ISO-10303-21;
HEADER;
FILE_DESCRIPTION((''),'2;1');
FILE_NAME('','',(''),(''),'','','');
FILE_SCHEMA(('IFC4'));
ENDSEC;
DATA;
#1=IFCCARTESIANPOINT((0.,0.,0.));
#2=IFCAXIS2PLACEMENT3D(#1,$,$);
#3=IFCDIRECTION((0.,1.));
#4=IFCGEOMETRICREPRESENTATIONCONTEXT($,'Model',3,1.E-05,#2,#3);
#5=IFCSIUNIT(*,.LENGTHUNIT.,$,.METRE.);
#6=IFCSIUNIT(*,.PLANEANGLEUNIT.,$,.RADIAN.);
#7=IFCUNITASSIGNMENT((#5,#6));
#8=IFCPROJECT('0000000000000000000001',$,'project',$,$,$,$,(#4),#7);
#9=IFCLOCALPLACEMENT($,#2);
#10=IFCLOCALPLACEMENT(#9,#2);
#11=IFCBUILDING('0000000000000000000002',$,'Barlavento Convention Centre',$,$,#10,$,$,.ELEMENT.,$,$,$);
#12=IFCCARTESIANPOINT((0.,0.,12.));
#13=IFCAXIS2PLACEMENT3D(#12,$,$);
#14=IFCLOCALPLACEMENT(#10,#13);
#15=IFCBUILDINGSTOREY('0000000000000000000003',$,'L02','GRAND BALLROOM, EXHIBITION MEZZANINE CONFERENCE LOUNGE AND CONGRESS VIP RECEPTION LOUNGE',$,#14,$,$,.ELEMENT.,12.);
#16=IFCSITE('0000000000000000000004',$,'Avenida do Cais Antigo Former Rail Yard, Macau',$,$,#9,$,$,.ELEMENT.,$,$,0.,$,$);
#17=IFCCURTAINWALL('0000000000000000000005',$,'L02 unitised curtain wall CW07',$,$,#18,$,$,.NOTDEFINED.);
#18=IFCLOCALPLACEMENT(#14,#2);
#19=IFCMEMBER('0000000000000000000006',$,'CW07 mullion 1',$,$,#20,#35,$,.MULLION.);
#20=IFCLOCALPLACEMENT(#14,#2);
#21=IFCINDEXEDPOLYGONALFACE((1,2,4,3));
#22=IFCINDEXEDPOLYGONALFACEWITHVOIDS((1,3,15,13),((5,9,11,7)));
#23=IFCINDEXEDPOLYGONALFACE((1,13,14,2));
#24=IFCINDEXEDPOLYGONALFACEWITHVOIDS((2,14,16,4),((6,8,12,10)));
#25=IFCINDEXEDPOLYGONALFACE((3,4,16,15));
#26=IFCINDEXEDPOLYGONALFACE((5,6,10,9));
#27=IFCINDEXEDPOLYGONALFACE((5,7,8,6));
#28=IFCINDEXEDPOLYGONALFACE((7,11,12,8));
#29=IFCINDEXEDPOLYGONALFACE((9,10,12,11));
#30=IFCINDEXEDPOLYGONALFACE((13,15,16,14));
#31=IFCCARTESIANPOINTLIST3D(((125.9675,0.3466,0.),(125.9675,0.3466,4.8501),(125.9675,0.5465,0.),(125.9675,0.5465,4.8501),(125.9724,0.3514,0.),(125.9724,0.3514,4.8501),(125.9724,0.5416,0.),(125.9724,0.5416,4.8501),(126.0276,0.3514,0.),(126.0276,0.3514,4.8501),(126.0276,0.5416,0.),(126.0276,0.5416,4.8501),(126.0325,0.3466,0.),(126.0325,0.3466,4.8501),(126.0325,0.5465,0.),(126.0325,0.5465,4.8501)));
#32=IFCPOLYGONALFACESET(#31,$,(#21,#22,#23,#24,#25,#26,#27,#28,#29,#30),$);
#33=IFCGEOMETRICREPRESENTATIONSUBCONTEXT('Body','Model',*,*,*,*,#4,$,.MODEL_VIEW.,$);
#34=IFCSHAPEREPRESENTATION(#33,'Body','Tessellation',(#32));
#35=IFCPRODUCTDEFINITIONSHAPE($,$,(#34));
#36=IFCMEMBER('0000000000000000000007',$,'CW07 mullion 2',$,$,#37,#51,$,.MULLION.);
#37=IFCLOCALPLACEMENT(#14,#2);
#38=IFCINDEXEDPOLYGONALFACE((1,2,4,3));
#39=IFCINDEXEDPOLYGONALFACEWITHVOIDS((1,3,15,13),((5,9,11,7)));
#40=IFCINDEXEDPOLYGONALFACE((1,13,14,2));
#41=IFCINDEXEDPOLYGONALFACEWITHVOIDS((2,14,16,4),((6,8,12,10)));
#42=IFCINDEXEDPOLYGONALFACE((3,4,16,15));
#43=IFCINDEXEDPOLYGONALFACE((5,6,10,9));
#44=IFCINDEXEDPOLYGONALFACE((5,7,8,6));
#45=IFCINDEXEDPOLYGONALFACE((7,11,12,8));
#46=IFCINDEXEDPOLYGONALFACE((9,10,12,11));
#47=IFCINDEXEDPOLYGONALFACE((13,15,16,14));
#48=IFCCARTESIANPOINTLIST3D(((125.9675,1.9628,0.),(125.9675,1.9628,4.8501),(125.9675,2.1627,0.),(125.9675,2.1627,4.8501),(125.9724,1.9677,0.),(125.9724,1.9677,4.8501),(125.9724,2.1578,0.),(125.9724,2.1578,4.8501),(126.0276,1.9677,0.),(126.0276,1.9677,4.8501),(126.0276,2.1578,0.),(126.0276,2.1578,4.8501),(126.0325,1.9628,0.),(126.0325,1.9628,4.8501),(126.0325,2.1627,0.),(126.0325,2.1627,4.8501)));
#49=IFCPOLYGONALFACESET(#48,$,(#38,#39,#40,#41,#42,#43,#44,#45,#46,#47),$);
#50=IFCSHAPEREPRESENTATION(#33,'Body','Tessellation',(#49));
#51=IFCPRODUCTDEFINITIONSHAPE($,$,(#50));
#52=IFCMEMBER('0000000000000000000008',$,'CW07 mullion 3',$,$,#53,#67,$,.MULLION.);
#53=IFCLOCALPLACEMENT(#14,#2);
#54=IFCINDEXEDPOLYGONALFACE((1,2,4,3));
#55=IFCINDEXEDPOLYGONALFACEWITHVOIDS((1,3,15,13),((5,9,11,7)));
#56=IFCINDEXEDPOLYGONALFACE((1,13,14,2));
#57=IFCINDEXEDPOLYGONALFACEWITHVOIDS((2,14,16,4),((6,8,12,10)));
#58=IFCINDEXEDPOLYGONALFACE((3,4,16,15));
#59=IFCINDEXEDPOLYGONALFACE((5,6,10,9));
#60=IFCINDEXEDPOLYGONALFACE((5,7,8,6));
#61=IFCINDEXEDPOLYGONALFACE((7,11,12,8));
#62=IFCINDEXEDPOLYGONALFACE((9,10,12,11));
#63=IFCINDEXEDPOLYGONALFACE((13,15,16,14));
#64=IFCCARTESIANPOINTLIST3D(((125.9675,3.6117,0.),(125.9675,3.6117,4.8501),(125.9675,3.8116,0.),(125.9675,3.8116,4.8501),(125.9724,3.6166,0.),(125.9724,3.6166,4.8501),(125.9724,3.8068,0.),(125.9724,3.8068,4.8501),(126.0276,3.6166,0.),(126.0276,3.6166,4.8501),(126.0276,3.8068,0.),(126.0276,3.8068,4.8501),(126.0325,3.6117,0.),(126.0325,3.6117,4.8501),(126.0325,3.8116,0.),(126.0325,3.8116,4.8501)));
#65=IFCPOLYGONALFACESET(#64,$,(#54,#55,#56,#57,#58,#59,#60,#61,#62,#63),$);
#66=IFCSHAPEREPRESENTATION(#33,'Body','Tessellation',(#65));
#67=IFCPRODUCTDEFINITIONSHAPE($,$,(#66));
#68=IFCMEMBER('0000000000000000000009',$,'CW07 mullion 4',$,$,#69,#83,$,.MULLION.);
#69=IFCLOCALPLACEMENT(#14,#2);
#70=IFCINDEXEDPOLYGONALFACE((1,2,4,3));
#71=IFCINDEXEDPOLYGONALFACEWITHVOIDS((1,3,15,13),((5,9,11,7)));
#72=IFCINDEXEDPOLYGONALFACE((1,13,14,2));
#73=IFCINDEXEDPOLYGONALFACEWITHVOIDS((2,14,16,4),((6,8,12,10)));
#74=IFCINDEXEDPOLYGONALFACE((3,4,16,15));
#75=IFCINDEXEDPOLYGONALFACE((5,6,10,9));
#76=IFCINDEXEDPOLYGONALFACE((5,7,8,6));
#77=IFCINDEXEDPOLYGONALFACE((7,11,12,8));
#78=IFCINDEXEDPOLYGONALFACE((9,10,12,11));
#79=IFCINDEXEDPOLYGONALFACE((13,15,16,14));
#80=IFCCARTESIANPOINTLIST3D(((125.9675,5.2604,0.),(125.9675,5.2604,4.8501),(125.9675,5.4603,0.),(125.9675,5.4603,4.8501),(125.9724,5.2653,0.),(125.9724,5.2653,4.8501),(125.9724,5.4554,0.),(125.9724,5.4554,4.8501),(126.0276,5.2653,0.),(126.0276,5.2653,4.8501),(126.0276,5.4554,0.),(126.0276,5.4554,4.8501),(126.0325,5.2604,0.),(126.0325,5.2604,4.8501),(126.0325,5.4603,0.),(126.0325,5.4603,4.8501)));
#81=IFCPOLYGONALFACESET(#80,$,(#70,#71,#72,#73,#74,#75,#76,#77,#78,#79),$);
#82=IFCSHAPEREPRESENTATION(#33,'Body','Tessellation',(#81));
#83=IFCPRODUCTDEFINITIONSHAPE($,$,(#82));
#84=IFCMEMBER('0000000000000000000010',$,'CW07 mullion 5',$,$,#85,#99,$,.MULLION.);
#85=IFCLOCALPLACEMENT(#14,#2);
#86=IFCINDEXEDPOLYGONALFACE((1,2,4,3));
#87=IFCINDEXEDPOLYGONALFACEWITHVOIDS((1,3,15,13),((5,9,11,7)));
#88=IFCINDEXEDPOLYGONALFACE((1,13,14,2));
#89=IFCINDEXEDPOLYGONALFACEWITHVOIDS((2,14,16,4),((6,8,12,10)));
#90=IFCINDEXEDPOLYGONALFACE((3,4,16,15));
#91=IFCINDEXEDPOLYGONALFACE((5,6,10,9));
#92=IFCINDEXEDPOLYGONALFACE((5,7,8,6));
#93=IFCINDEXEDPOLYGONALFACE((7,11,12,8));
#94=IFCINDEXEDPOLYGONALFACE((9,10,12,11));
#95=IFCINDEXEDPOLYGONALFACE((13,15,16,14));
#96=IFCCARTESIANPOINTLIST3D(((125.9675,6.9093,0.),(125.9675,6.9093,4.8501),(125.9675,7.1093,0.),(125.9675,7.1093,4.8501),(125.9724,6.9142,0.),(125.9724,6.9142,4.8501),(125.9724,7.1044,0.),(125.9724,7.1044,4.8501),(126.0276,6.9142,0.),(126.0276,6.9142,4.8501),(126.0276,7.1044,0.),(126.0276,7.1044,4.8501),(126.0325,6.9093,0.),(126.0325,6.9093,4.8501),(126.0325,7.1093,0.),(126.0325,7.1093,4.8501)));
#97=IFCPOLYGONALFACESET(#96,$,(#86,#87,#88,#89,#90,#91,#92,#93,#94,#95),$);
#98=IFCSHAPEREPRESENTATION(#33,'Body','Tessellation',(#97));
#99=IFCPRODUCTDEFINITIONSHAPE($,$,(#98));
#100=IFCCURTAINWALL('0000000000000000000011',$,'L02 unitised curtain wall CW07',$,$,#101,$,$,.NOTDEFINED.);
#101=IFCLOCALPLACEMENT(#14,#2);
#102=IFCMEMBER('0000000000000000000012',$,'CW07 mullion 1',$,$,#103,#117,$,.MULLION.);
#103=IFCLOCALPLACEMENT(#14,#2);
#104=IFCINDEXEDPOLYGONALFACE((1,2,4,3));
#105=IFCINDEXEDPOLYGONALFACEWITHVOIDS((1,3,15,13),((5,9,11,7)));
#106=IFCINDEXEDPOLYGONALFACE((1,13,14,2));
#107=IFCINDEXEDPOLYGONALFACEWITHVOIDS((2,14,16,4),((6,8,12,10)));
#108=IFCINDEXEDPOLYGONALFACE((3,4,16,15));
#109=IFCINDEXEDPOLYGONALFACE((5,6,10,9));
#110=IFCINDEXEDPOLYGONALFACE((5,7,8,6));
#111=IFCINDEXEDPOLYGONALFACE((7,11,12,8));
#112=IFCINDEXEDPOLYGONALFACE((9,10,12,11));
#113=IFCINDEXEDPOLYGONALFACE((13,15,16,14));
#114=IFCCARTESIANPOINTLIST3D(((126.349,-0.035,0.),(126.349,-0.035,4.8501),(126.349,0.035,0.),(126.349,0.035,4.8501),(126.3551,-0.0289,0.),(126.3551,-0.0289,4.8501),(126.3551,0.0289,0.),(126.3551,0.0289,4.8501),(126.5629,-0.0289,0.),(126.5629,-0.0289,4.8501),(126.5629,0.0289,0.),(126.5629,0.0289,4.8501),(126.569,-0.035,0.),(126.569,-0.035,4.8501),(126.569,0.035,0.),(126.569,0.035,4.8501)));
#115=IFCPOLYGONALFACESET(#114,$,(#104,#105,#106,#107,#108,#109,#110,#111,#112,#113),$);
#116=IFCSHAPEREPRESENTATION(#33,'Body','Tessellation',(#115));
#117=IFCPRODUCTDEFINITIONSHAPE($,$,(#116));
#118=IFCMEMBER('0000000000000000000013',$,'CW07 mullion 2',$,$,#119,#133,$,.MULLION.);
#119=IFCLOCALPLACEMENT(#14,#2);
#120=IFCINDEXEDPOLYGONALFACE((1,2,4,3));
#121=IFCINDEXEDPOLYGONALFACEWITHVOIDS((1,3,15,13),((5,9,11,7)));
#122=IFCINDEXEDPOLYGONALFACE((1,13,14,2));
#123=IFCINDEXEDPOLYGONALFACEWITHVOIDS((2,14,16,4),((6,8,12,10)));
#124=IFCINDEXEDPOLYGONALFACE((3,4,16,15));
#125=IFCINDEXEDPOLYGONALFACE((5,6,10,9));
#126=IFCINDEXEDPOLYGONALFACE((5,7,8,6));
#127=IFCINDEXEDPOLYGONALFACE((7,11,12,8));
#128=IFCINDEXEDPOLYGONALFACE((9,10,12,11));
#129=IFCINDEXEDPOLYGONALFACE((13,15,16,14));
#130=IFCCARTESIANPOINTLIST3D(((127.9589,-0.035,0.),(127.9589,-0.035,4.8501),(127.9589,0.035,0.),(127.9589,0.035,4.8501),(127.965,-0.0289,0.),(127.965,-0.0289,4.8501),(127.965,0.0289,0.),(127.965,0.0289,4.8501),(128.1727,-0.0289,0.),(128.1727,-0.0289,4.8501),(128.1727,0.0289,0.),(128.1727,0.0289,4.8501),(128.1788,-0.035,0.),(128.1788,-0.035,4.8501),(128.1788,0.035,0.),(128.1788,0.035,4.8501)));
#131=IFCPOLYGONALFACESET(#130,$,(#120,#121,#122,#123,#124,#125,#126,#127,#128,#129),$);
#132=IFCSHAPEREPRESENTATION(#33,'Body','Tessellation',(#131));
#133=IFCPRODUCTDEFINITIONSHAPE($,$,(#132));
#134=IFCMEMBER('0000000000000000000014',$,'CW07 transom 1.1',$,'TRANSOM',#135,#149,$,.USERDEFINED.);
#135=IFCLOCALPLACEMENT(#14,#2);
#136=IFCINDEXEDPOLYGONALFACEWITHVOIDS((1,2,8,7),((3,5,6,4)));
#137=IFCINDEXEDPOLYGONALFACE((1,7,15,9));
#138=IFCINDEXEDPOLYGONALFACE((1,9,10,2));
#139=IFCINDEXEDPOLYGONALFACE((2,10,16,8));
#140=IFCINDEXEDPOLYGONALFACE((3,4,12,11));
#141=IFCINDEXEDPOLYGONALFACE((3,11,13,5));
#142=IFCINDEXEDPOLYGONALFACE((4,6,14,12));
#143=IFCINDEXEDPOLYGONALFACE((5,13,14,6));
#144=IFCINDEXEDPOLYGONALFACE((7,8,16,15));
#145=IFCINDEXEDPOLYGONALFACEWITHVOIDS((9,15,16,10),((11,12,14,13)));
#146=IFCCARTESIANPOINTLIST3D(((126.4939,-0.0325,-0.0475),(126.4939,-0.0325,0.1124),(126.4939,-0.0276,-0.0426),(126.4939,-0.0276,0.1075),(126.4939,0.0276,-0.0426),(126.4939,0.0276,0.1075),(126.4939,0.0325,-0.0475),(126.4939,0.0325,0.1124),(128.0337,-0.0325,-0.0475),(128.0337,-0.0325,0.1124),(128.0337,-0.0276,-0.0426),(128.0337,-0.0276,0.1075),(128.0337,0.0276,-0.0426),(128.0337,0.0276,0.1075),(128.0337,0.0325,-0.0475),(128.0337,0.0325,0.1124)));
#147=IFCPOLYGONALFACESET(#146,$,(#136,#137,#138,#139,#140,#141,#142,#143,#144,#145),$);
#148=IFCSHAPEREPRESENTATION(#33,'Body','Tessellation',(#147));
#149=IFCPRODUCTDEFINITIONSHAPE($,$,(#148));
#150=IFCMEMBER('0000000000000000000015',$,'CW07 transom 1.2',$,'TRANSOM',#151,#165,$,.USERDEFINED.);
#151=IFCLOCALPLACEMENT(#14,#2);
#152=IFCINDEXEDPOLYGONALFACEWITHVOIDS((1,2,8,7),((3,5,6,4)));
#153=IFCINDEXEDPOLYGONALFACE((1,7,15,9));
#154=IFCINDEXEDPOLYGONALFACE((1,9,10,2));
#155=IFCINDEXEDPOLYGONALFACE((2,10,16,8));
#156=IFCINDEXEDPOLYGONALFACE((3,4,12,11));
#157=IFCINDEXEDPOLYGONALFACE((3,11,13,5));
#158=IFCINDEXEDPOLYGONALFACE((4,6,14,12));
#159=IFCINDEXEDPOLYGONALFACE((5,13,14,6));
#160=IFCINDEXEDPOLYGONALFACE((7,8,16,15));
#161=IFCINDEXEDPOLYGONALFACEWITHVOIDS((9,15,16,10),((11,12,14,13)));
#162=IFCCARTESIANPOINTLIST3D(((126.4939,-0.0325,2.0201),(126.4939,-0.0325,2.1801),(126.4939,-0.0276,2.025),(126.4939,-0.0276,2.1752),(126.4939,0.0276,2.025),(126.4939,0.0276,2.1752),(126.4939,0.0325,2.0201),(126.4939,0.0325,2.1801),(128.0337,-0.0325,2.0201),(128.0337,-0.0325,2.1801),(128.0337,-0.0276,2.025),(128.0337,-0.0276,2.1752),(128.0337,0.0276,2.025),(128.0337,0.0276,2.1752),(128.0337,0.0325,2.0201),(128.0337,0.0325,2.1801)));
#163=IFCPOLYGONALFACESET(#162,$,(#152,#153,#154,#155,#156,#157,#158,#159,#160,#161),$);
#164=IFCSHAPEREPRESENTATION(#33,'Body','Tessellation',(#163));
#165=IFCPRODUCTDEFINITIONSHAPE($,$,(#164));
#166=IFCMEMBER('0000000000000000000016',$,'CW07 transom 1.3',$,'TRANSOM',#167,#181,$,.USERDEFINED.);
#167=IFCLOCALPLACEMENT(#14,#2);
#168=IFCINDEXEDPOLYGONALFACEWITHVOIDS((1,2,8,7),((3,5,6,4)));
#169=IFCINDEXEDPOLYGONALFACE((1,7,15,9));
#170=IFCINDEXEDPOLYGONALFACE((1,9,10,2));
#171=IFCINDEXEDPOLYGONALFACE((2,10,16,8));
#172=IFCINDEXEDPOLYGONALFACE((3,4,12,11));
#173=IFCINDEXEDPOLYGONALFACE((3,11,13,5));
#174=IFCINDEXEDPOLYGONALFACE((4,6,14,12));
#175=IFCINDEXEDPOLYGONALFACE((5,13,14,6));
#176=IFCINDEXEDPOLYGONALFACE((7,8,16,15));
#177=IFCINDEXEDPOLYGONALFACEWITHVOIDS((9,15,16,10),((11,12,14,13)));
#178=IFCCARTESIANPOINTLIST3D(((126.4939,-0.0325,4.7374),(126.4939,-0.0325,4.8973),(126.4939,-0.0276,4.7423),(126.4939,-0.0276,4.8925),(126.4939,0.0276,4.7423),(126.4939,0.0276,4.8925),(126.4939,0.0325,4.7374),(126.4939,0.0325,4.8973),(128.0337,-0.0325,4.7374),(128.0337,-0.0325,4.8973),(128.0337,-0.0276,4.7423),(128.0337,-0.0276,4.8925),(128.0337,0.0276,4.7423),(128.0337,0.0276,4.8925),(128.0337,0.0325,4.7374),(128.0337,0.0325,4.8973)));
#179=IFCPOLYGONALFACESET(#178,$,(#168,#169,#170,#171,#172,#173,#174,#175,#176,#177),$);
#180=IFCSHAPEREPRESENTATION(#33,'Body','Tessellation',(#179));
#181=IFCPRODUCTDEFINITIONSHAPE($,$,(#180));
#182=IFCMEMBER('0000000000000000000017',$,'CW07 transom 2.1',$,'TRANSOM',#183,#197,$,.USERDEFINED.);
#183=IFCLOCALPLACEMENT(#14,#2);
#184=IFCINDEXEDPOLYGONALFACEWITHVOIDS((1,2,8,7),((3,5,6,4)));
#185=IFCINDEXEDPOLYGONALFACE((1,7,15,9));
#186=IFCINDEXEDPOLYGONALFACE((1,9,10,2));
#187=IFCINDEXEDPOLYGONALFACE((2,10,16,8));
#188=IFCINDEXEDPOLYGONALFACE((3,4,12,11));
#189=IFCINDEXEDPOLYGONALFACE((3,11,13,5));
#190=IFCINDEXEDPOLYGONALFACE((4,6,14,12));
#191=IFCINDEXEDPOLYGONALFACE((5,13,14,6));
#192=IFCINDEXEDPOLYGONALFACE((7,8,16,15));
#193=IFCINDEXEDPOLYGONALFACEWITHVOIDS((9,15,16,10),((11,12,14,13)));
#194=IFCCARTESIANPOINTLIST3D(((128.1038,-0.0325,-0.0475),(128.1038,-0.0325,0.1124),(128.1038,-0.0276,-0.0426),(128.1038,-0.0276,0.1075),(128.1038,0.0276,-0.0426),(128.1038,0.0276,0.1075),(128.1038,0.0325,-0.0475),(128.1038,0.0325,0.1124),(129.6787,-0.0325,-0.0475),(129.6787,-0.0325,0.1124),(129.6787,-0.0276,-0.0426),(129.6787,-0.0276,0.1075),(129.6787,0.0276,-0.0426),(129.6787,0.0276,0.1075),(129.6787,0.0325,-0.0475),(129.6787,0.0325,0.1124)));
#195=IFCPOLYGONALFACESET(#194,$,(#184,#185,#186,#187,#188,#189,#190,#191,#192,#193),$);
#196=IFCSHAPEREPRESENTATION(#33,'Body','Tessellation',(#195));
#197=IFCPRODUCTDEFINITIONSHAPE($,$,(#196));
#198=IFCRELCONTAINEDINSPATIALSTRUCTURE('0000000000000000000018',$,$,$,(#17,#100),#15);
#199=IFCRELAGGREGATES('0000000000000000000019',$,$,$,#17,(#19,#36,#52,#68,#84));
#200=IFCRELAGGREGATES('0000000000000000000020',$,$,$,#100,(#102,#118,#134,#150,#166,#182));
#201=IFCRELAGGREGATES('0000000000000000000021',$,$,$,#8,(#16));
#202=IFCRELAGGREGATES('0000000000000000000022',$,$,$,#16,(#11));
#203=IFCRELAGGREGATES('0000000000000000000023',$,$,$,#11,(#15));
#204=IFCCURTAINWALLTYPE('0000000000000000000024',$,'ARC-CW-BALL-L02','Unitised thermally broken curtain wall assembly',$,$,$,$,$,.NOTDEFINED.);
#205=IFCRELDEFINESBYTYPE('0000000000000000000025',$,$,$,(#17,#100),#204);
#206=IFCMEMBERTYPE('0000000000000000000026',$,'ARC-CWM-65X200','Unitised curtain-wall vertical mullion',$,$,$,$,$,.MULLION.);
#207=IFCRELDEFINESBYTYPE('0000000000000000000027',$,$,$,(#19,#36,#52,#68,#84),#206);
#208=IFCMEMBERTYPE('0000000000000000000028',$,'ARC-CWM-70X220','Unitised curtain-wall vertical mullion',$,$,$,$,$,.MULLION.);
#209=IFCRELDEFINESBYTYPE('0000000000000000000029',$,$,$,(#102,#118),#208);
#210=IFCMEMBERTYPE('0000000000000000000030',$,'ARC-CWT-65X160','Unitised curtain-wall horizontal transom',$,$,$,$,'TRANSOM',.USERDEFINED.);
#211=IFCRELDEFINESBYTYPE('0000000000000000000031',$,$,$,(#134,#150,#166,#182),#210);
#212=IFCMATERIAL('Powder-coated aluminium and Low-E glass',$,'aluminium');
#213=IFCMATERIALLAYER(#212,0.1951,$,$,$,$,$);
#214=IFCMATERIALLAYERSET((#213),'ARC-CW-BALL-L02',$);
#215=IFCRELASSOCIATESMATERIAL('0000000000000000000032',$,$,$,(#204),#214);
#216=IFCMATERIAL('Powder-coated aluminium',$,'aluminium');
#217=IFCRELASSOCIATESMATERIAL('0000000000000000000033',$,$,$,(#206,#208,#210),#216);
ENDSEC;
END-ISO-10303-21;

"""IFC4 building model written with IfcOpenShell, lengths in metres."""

from ifc_helpers import new_model, si_unit, direction, frame, origin, origin_2d, place, context, subcontext, project, spatial, hollow_rectangle, extrude, material, layer, layer_set, material_profile, profile_set, type_object, element, aggregate, save


model = new_model("IFC4")

# Units and contexts
model_context = context("Model", 3, precision=1e-05, world=origin(), true_north=direction((0.0, 1.0)))
body_context = subcontext(model_context, "Body", "Model", "MODEL_VIEW")
ifc_project = project(units=[si_unit("LENGTHUNIT", "METRE"), si_unit("PLANEANGLEUNIT", "RADIAN")], contexts=[model_context])

# Site, building, storey
site_placement = place(None, origin())
site = spatial("IfcSite", under=ifc_project, at=site_placement, Name="Avenida do Cais Antigo Former Rail Yard, Macau", CompositionType="ELEMENT", RefElevation=0.0)
building_placement = place(site_placement, origin())
building = spatial("IfcBuilding", under=site, at=building_placement, Name="Barlavento Convention Centre", CompositionType="ELEMENT")
storey_placement = place(building_placement, frame((0.0, 0.0, 12.0)))
storey = spatial("IfcBuildingStorey", under=building, at=storey_placement, Name="L02", Description="GRAND BALLROOM, EXHIBITION MEZZANINE CONFERENCE LOUNGE AND CONGRESS VIP RECEPTION LOUNGE", CompositionType="ELEMENT", Elevation=12.0)

# Curtain walls, members
ifc_material_1 = material(Name="Powder-coated aluminium and Low-E glass", Category="aluminium")
ifc_layer_1 = layer(ifc_material_1, 0.1951)
ifc_layer_set_1 = layer_set([ifc_layer_1], Name="ARC-CW-BALL-L02")
curtain_wall_type = type_object("IfcCurtainWallType", Name="ARC-CW-BALL-L02", Description="Unitised thermally broken curtain wall assembly", PredefinedType="NOTDEFINED", material=ifc_layer_set_1)
curtain_wall_1_placement = place(storey_placement, origin())
curtain_wall_1 = element("IfcCurtainWall", 1, at=curtain_wall_1_placement, inside=storey, type_object=curtain_wall_type, Name="L02 unitised curtain wall CW07", PredefinedType="NOTDEFINED")
ifc_material_2 = material(Name="Powder-coated aluminium", Category="aluminium")
ifc_material_profile_1 = material_profile(ifc_material_2, hollow_rectangle(XDim=0.0649, YDim=0.2, WallThickness=0.0049, at=origin_2d()), Name="AL-MULL 65x200x5")
ifc_profile_set_1 = profile_set([ifc_material_profile_1], Name="Powder-coated aluminium")
member_type_1 = type_object("IfcMemberType", Name="ARC-CWM-65X200", Description="Unitised curtain-wall vertical mullion", PredefinedType="MULLION", material=ifc_profile_set_1)
member_1_placement = place(storey_placement, frame((126.0, 0.4465, 0.0), z_axis=(0.0, 0.0, 1.0), x_axis=(-1.0, 0.0, 0.0)))
member_1 = element("IfcMember", 2, at=member_1_placement, type_object=member_type_1, Name="CW07 mullion 1", PredefinedType="MULLION", context=body_context, shape_type="SweptSolid", body=[
    extrude(hollow_rectangle(XDim=0.0649, YDim=0.2, WallThickness=0.0049, at=origin_2d()), origin(), (0.0, 0.0, 1.0), 4.8501),
])
member_2_placement = place(storey_placement, frame((126.0, 2.0627, 0.0), z_axis=(0.0, 0.0, 1.0), x_axis=(-1.0, 0.0, 0.0)))
member_2 = element("IfcMember", 3, at=member_2_placement, type_object=member_type_1, Name="CW07 mullion 2", PredefinedType="MULLION", context=body_context, shape_type="SweptSolid", body=[
    extrude(hollow_rectangle(XDim=0.0649, YDim=0.2, WallThickness=0.0049, at=origin_2d()), origin(), (0.0, 0.0, 1.0), 4.8501),
])
member_3_placement = place(storey_placement, frame((126.0, 3.7117, 0.0), z_axis=(0.0, 0.0, 1.0), x_axis=(-1.0, 0.0, 0.0)))
member_3 = element("IfcMember", 4, at=member_3_placement, type_object=member_type_1, Name="CW07 mullion 3", PredefinedType="MULLION", context=body_context, shape_type="SweptSolid", body=[
    extrude(hollow_rectangle(XDim=0.0649, YDim=0.2, WallThickness=0.0049, at=origin_2d()), origin(), (0.0, 0.0, 1.0), 4.8501),
])
member_4_placement = place(storey_placement, frame((126.0, 5.3604, 0.0), z_axis=(0.0, 0.0, 1.0), x_axis=(-1.0, 0.0, 0.0)))
member_4 = element("IfcMember", 5, at=member_4_placement, type_object=member_type_1, Name="CW07 mullion 4", PredefinedType="MULLION", context=body_context, shape_type="SweptSolid", body=[
    extrude(hollow_rectangle(XDim=0.0649, YDim=0.2, WallThickness=0.0049, at=origin_2d()), origin(), (0.0, 0.0, 1.0), 4.8501),
])
member_5_placement = place(storey_placement, frame((126.0, 7.0093, 0.0), z_axis=(0.0, 0.0, 1.0), x_axis=(-1.0, 0.0, 0.0)))
member_5 = element("IfcMember", 6, at=member_5_placement, type_object=member_type_1, Name="CW07 mullion 5", PredefinedType="MULLION", context=body_context, shape_type="SweptSolid", body=[
    extrude(hollow_rectangle(XDim=0.0649, YDim=0.2, WallThickness=0.0049, at=origin_2d()), origin(), (0.0, 0.0, 1.0), 4.8501),
])
curtain_wall_2_placement = place(storey_placement, origin())
curtain_wall_2 = element("IfcCurtainWall", 7, at=curtain_wall_2_placement, inside=storey, type_object=curtain_wall_type, Name="L02 unitised curtain wall CW07", PredefinedType="NOTDEFINED")
ifc_material_profile_2 = material_profile(ifc_material_2, hollow_rectangle(XDim=0.0701, YDim=0.22, WallThickness=0.0061, at=origin_2d()), Name="AL-MULL 70x220x6")
ifc_profile_set_2 = profile_set([ifc_material_profile_2], Name="Powder-coated aluminium")
member_type_2 = type_object("IfcMemberType", Name="ARC-CWM-70X220", Description="Unitised curtain-wall vertical mullion", PredefinedType="MULLION", material=ifc_profile_set_2)
member_6_placement = place(storey_placement, frame((126.459, 0.0, 0.0), z_axis=(0.0, 0.0, 1.0), x_axis=(0.0, 1.0, 0.0)))
member_6 = element("IfcMember", 8, at=member_6_placement, type_object=member_type_2, Name="CW07 mullion 1", PredefinedType="MULLION", context=body_context, shape_type="SweptSolid", body=[
    extrude(hollow_rectangle(XDim=0.0701, YDim=0.22, WallThickness=0.0061, at=origin_2d()), origin(), (0.0, 0.0, 1.0), 4.8501),
])
member_7_placement = place(storey_placement, frame((128.0688, 0.0, 0.0), z_axis=(0.0, 0.0, 1.0), x_axis=(0.0, 1.0, 0.0)))
member_7 = element("IfcMember", 9, at=member_7_placement, type_object=member_type_2, Name="CW07 mullion 2", PredefinedType="MULLION", context=body_context, shape_type="SweptSolid", body=[
    extrude(hollow_rectangle(XDim=0.0701, YDim=0.22, WallThickness=0.0061, at=origin_2d()), origin(), (0.0, 0.0, 1.0), 4.8501),
])
ifc_material_profile_3 = material_profile(ifc_material_2, hollow_rectangle(XDim=0.0649, YDim=0.1599, WallThickness=0.0049, at=origin_2d()), Name="AL-TRAN 65x160x5")
ifc_profile_set_3 = profile_set([ifc_material_profile_3], Name="Powder-coated aluminium")
member_type_3 = type_object("IfcMemberType", Name="ARC-CWT-65X160", Description="Unitised curtain-wall horizontal transom", ElementType="TRANSOM", PredefinedType="USERDEFINED", material=ifc_profile_set_3)
member_8_placement = place(storey_placement, frame((126.4939, 0.0, 0.0325), z_axis=(1.0, 0.0, 0.0), x_axis=(0.0, 1.0, 0.0)))
member_8 = element("IfcMember", 10, at=member_8_placement, type_object=member_type_3, Name="CW07 transom 1.1", ObjectType="TRANSOM", PredefinedType="USERDEFINED", context=body_context, shape_type="SweptSolid", body=[
    extrude(hollow_rectangle(XDim=0.0649, YDim=0.1599, WallThickness=0.0049, at=origin_2d()), origin(), (0.0, 0.0, 1.0), 1.5398),
])
member_9_placement = place(storey_placement, frame((126.4939, 0.0, 2.1001), z_axis=(1.0, 0.0, 0.0), x_axis=(0.0, 1.0, 0.0)))
member_9 = element("IfcMember", 11, at=member_9_placement, type_object=member_type_3, Name="CW07 transom 1.2", ObjectType="TRANSOM", PredefinedType="USERDEFINED", context=body_context, shape_type="SweptSolid", body=[
    extrude(hollow_rectangle(XDim=0.0649, YDim=0.1599, WallThickness=0.0049, at=origin_2d()), origin(), (0.0, 0.0, 1.0), 1.5398),
])
member_10_placement = place(storey_placement, frame((126.4939, 0.0, 4.8174), z_axis=(1.0, 0.0, 0.0), x_axis=(0.0, 1.0, 0.0)))
member_10 = element("IfcMember", 12, at=member_10_placement, type_object=member_type_3, Name="CW07 transom 1.3", ObjectType="TRANSOM", PredefinedType="USERDEFINED", context=body_context, shape_type="SweptSolid", body=[
    extrude(hollow_rectangle(XDim=0.0649, YDim=0.1599, WallThickness=0.0049, at=origin_2d()), origin(), (0.0, 0.0, 1.0), 1.5398),
])
member_11_placement = place(storey_placement, frame((128.1038, 0.0, 0.0325), z_axis=(1.0, 0.0, 0.0), x_axis=(0.0, 1.0, 0.0)))
member_11 = element("IfcMember", 13, at=member_11_placement, type_object=member_type_3, Name="CW07 transom 2.1", ObjectType="TRANSOM", PredefinedType="USERDEFINED", context=body_context, shape_type="SweptSolid", body=[
    extrude(hollow_rectangle(XDim=0.0649, YDim=0.1599, WallThickness=0.0049, at=origin_2d()), origin(), (0.0, 0.0, 1.0), 1.575),
])

aggregate(curtain_wall_1, [member_1, member_2, member_3, member_4, member_5])
aggregate(curtain_wall_2, [member_6, member_7, member_8, member_9, member_10, member_11])

save(model, "model.ifc")
